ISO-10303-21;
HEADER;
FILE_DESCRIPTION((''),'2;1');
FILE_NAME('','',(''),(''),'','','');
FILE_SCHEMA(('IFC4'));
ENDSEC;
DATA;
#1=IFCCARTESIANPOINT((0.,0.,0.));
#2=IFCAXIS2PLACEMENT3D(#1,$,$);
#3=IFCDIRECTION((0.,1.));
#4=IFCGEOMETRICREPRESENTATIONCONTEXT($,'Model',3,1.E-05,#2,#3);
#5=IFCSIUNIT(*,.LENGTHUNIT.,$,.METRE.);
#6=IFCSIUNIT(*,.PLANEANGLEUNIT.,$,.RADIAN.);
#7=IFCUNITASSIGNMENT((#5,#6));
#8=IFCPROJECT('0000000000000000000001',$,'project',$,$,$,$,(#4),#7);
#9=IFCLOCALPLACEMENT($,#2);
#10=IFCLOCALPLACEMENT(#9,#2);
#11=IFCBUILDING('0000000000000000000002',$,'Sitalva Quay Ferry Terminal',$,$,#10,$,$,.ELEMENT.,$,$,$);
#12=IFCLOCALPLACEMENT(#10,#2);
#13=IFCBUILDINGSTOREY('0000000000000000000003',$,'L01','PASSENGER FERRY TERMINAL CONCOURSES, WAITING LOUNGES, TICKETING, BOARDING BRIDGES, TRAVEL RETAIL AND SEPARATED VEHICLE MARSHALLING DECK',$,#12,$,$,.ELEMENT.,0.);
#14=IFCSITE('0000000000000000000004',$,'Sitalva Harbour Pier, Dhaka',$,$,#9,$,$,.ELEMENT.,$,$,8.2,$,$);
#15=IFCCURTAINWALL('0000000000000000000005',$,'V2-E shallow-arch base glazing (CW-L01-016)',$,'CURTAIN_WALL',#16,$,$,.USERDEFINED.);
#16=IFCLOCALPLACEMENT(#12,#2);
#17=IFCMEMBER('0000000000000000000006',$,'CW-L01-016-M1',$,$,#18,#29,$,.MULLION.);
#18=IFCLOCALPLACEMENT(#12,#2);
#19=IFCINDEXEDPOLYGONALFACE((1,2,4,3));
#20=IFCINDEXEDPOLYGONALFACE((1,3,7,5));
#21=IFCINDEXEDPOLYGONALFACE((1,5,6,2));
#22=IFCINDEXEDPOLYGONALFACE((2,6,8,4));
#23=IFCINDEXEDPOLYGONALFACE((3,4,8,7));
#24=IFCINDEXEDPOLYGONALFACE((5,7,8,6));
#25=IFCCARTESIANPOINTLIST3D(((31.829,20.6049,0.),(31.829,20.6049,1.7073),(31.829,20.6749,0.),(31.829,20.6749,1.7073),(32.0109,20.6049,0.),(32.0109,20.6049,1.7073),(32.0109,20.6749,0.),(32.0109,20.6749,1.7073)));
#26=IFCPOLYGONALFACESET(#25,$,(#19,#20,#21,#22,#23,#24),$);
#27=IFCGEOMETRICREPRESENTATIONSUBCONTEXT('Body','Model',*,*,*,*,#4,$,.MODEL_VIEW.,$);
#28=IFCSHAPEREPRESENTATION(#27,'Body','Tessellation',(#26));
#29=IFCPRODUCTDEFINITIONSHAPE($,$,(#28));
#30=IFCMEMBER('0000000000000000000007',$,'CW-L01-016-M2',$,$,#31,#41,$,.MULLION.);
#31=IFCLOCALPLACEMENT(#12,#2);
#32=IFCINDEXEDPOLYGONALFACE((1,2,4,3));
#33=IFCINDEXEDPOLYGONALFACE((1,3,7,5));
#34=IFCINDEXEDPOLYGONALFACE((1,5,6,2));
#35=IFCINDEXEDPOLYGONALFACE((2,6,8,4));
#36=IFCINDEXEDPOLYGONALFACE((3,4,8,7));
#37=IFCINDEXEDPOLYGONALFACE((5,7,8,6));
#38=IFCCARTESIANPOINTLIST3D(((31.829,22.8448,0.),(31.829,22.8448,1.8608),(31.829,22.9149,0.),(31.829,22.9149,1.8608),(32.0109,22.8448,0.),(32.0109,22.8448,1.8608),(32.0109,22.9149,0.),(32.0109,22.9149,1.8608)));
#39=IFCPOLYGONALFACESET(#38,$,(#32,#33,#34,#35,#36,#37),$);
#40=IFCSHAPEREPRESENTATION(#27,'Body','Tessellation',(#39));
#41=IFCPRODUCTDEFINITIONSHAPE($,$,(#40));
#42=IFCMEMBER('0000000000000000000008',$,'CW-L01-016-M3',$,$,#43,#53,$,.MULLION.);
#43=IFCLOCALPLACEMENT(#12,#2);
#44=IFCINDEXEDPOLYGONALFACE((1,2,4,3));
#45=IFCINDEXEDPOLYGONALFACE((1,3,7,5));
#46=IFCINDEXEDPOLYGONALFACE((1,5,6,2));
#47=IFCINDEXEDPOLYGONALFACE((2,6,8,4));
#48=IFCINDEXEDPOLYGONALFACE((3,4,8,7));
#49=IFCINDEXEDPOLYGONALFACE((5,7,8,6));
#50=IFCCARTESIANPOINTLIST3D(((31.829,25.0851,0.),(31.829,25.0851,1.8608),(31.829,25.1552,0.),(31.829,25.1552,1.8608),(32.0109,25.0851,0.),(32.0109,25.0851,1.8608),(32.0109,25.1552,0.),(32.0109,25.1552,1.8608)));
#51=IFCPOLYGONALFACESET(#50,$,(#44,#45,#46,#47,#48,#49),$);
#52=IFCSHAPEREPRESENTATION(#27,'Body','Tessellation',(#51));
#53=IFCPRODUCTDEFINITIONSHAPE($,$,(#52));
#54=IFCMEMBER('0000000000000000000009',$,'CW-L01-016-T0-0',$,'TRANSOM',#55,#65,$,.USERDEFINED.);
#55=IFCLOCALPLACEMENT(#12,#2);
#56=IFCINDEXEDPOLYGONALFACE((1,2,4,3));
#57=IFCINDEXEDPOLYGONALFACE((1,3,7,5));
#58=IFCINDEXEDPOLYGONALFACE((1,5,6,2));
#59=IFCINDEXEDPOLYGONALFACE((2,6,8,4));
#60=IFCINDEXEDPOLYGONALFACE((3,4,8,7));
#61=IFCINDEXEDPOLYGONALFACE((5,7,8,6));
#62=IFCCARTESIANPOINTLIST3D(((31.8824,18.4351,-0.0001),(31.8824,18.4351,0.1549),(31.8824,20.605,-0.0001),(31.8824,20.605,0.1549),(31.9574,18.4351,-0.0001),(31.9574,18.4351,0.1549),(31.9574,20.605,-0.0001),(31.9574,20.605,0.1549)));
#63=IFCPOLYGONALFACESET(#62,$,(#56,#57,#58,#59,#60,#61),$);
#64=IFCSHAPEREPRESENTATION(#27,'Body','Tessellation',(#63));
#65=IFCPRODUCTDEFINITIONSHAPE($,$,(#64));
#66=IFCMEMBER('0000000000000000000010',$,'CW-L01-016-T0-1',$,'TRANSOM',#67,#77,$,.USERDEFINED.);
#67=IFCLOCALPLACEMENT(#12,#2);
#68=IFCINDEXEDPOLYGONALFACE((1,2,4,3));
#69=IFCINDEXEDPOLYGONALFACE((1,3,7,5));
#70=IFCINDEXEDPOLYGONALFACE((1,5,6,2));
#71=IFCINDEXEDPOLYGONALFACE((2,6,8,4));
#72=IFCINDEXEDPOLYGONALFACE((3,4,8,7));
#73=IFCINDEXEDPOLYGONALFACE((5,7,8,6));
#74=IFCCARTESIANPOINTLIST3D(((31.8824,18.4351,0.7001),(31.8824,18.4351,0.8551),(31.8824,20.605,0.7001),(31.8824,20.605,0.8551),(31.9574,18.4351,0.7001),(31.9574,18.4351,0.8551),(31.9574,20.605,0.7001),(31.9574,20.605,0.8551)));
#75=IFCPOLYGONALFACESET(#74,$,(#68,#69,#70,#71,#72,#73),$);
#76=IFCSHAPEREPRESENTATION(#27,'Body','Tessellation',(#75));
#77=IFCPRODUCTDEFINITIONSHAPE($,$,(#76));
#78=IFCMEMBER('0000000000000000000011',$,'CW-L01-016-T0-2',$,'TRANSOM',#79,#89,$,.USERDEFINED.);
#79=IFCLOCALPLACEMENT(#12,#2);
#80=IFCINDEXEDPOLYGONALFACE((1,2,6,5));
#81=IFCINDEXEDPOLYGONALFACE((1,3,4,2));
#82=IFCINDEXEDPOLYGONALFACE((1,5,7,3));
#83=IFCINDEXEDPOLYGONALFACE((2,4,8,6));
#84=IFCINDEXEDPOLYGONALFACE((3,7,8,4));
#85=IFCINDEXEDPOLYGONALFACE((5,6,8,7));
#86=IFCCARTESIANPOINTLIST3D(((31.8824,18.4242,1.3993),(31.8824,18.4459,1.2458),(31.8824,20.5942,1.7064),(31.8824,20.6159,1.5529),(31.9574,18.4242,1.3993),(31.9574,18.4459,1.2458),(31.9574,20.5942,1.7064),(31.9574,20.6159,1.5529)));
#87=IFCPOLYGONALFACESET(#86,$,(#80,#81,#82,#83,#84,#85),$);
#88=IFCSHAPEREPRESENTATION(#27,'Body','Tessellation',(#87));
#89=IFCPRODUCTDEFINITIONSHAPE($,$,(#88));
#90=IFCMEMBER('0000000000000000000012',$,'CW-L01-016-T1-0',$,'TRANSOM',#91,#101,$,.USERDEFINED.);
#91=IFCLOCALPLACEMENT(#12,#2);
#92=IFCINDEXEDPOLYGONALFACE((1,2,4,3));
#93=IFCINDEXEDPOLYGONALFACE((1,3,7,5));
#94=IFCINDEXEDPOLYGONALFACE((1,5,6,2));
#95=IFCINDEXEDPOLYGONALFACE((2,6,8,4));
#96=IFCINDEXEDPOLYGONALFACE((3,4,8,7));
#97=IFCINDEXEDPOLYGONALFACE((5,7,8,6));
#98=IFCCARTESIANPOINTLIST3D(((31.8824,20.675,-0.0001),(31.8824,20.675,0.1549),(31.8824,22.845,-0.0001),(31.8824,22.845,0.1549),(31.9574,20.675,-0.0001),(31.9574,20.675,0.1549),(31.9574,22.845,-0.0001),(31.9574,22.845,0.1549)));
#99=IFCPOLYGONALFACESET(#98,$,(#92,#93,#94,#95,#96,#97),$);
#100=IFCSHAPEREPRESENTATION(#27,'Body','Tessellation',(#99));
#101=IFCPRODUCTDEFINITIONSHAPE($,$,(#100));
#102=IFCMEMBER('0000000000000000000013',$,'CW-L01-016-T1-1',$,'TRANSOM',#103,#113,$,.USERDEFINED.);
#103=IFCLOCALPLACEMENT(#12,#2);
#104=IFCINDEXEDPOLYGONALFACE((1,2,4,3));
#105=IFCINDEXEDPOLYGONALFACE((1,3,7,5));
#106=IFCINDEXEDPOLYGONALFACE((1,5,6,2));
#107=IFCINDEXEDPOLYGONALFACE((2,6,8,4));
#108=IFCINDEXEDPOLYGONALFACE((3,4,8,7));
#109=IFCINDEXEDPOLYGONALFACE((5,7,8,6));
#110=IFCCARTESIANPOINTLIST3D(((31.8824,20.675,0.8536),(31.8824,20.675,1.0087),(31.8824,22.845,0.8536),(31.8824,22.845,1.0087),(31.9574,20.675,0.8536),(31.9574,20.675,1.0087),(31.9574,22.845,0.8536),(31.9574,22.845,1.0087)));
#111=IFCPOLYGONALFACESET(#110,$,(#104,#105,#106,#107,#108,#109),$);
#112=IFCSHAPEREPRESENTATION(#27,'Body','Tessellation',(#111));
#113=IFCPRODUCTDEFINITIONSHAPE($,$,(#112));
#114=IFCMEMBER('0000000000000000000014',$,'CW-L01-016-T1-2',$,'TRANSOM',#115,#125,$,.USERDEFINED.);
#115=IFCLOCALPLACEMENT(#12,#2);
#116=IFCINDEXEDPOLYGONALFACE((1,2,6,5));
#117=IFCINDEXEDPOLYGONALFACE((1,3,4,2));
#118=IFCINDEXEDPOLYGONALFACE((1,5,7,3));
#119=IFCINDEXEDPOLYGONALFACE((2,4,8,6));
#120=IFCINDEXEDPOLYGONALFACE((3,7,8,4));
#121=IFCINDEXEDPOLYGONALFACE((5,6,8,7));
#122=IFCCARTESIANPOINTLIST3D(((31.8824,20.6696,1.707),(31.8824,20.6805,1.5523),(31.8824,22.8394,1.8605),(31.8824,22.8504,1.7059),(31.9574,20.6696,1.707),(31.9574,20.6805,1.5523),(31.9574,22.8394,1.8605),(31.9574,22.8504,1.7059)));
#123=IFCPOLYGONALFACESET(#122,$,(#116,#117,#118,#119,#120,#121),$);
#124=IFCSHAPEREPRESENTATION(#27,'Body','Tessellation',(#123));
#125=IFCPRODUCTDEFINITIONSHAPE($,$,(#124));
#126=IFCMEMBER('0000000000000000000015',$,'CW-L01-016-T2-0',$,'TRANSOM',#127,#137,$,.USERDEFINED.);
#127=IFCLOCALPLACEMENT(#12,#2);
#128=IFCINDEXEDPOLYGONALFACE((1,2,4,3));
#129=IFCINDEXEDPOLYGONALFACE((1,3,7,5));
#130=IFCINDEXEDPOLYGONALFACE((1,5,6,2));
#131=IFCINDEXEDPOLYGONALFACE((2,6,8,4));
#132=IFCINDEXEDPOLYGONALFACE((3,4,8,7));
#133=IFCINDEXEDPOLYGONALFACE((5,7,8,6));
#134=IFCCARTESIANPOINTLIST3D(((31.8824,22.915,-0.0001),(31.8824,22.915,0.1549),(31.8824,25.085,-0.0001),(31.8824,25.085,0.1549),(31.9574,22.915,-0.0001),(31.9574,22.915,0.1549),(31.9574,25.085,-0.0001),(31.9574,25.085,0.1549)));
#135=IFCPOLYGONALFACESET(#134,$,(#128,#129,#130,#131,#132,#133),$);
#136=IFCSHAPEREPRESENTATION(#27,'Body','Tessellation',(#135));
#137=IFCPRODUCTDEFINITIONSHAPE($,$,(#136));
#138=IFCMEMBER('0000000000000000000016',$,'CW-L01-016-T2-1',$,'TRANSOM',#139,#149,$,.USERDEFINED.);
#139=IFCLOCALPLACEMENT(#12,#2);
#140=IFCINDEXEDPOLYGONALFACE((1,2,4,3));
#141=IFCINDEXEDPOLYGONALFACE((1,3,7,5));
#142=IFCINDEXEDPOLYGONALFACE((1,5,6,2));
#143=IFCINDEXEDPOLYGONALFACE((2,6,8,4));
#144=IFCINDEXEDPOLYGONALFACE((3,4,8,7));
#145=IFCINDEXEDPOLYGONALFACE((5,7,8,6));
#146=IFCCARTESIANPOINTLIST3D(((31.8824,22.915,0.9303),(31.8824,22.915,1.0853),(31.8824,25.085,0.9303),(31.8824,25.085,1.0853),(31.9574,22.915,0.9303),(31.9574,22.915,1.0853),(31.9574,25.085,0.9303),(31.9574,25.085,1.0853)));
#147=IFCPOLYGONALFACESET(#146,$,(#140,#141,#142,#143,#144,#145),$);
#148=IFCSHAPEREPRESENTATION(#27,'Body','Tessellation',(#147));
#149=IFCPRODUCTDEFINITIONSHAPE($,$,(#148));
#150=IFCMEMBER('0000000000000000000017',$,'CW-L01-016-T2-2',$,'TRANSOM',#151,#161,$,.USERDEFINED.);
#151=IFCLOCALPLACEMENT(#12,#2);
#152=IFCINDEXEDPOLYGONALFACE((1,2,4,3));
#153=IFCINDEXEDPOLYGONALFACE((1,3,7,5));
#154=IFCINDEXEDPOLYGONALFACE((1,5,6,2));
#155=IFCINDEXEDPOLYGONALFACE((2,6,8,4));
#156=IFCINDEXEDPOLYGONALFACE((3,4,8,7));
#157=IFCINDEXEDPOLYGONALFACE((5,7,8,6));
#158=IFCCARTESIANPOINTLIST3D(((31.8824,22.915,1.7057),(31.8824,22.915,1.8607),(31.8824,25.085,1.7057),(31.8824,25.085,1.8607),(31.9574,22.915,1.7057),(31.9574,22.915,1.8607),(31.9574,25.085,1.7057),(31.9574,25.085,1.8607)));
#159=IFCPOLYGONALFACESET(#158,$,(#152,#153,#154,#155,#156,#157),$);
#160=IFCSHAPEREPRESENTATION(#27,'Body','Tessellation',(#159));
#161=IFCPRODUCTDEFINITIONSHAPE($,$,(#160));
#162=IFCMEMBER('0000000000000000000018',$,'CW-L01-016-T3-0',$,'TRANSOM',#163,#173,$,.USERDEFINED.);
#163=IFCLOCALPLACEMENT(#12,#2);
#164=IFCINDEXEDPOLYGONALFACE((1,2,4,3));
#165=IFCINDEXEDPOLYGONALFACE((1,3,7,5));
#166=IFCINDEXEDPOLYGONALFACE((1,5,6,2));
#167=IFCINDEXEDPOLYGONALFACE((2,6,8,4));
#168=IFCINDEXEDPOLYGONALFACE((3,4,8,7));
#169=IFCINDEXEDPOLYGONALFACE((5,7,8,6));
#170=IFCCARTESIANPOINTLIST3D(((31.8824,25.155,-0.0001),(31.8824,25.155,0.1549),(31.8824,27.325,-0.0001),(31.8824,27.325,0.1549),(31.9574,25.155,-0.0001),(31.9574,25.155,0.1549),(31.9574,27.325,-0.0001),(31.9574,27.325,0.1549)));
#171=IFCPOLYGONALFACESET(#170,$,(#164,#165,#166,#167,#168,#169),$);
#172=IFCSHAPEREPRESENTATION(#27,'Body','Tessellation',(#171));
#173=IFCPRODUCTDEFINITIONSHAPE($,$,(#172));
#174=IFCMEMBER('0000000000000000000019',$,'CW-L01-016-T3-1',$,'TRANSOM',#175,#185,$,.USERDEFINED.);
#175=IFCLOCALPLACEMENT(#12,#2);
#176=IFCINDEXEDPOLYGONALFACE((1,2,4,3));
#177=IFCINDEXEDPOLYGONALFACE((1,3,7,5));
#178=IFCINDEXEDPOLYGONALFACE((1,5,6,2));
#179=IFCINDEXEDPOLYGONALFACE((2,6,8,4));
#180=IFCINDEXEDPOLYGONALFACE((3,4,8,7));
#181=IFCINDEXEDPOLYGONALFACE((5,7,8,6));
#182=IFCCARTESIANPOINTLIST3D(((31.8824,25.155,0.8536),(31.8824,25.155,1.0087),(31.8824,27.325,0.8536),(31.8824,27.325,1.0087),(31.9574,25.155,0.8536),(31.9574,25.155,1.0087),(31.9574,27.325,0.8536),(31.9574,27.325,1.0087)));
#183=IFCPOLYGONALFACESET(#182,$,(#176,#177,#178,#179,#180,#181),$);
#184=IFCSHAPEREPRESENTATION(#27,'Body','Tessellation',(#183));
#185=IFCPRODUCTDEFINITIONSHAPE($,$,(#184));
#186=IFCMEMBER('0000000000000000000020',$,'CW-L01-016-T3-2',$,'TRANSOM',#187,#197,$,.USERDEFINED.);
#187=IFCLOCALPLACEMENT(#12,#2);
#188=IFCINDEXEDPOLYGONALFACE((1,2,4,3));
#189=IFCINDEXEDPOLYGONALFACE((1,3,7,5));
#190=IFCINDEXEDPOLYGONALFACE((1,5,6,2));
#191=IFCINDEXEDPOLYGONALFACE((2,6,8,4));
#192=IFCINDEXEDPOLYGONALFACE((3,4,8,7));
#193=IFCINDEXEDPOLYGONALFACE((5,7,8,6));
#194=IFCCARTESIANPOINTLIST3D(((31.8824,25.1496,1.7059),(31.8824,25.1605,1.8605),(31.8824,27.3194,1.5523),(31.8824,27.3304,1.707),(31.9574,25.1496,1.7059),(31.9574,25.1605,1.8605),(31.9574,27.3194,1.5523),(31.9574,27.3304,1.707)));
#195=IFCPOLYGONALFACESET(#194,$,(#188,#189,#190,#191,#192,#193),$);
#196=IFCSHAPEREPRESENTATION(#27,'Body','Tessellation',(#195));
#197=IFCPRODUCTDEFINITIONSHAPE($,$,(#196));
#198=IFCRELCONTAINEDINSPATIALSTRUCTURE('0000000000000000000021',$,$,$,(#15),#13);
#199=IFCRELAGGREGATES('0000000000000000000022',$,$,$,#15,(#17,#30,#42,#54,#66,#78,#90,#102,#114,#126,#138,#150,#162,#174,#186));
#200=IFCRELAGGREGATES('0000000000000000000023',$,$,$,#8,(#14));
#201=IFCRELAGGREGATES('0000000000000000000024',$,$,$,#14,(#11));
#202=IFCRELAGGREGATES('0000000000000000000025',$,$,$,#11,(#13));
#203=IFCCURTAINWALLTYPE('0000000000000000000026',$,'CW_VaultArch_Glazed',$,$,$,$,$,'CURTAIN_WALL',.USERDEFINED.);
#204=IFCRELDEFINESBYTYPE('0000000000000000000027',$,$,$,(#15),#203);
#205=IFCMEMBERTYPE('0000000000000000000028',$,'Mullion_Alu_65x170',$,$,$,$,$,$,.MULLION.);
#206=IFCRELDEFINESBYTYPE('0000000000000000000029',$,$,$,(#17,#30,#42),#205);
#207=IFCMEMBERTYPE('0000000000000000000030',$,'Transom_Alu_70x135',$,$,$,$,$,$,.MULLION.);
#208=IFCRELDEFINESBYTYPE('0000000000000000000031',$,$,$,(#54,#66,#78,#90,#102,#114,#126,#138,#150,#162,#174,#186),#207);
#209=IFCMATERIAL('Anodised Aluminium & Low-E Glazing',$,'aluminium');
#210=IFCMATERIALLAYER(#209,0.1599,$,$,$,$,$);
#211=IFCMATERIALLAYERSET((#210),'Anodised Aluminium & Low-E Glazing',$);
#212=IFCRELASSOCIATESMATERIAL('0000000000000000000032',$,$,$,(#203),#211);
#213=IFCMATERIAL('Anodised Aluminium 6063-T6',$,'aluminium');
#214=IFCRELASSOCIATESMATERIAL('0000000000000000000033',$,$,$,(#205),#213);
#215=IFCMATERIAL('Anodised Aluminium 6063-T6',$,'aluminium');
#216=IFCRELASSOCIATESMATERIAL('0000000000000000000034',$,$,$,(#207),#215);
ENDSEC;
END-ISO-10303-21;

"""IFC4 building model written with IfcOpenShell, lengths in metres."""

from ifc_helpers import new_model, si_unit, direction, frame, origin, origin_2d, place, context, subcontext, project, spatial, rectangle, extrude, material, layer, layer_set, material_profile, profile_set, type_object, element, aggregate, save


model = new_model("IFC4")

# Units and contexts
model_context = context("Model", 3, precision=1e-05, world=origin(), true_north=direction((0.0, 1.0)))
body_context = subcontext(model_context, "Body", "Model", "MODEL_VIEW")
ifc_project = project(units=[si_unit("LENGTHUNIT", "METRE"), si_unit("PLANEANGLEUNIT", "RADIAN")], contexts=[model_context])

# Site, building, storey
site_placement = place(None, origin())
site = spatial("IfcSite", under=ifc_project, at=site_placement, Name="Sitalva Harbour Pier, Dhaka", CompositionType="ELEMENT", RefElevation=8.2)
building_placement = place(site_placement, origin())
building = spatial("IfcBuilding", under=site, at=building_placement, Name="Sitalva Quay Ferry Terminal", CompositionType="ELEMENT")
storey_placement = place(building_placement, origin())
storey = spatial("IfcBuildingStorey", under=building, at=storey_placement, Name="L01", Description="PASSENGER FERRY TERMINAL CONCOURSES, WAITING LOUNGES, TICKETING, BOARDING BRIDGES, TRAVEL RETAIL AND SEPARATED VEHICLE MARSHALLING DECK", CompositionType="ELEMENT", Elevation=0.0)

# Curtain wall, members
ifc_material_1 = material(Name="Anodised Aluminium & Low-E Glazing", Category="aluminium")
ifc_layer_1 = layer(ifc_material_1, 0.1599)
ifc_layer_set_1 = layer_set([ifc_layer_1], Name="Anodised Aluminium & Low-E Glazing")
curtain_wall_type = type_object("IfcCurtainWallType", Name="CW_VaultArch_Glazed", ElementType="CURTAIN_WALL", PredefinedType="USERDEFINED", material=ifc_layer_set_1)
curtain_wall_placement = place(storey_placement, origin())
curtain_wall = element("IfcCurtainWall", 1, at=curtain_wall_placement, inside=storey, type_object=curtain_wall_type, Name="V2-E shallow-arch base glazing (CW-L01-016)", ObjectType="CURTAIN_WALL", PredefinedType="USERDEFINED")
ifc_material_2 = material(Name="Anodised Aluminium 6063-T6", Category="aluminium")
ifc_material_profile_1 = material_profile(ifc_material_2, rectangle(XDim=0.0701, YDim=0.1819, at=origin_2d()), Name="ALU70x182")
ifc_profile_set_1 = profile_set([ifc_material_profile_1], Name="Anodised Aluminium 6063-T6")
member_type_1 = type_object("IfcMemberType", Name="Mullion_Alu_65x170", PredefinedType="MULLION", material=ifc_profile_set_1)
member_1_placement = place(storey_placement, frame((31.9199, 20.6399, 0.0), z_axis=(0.0, 0.0, 1.0), x_axis=(0.0, 1.0, 0.0)))
member_1 = element("IfcMember", 2, at=member_1_placement, type_object=member_type_1, Name="CW-L01-016-M1", PredefinedType="MULLION", context=body_context, shape_type="SweptSolid", body=[
    extrude(rectangle(XDim=0.0701, YDim=0.1819, at=origin_2d()), origin(), (0.0, 0.0, 1.0), 1.7073),
])
member_2_placement = place(storey_placement, frame((31.9199, 22.8799, 0.0), z_axis=(0.0, 0.0, 1.0), x_axis=(0.0, 1.0, 0.0)))
member_2 = element("IfcMember", 3, at=member_2_placement, type_object=member_type_1, Name="CW-L01-016-M2", PredefinedType="MULLION", context=body_context, shape_type="SweptSolid", body=[
    extrude(rectangle(XDim=0.0701, YDim=0.1819, at=origin_2d()), origin(), (0.0, 0.0, 1.0), 1.8608),
])
member_3_placement = place(storey_placement, frame((31.9199, 25.1201, 0.0), z_axis=(0.0, 0.0, 1.0), x_axis=(0.0, 1.0, 0.0)))
member_3 = element("IfcMember", 4, at=member_3_placement, type_object=member_type_1, Name="CW-L01-016-M3", PredefinedType="MULLION", context=body_context, shape_type="SweptSolid", body=[
    extrude(rectangle(XDim=0.0701, YDim=0.1819, at=origin_2d()), origin(), (0.0, 0.0, 1.0), 1.8608),
])
ifc_material_3 = material(Name="Anodised Aluminium 6063-T6", Category="aluminium")
ifc_material_profile_2 = material_profile(ifc_material_3, rectangle(XDim=0.075, YDim=0.155, at=origin_2d()), Name="ALU75x155")
ifc_profile_set_2 = profile_set([ifc_material_profile_2], Name="Anodised Aluminium 6063-T6")
member_type_2 = type_object("IfcMemberType", Name="Transom_Alu_70x135", PredefinedType="MULLION", material=ifc_profile_set_2)
member_4_placement = place(storey_placement, frame((31.9199, 18.4351, 0.0774), z_axis=(0.0, 1.0, 0.0), x_axis=(-1.0, 0.0, 0.0)))
member_4 = element("IfcMember", 5, at=member_4_placement, type_object=member_type_2, Name="CW-L01-016-T0-0", ObjectType="TRANSOM", PredefinedType="USERDEFINED", context=body_context, shape_type="SweptSolid", body=[
    extrude(rectangle(XDim=0.075, YDim=0.155, at=origin_2d()), origin(), (0.0, 0.0, 1.0), 2.1699),
])
member_5_placement = place(storey_placement, frame((31.9199, 18.4351, 0.7776), z_axis=(0.0, 1.0, 0.0), x_axis=(-1.0, 0.0, 0.0)))
member_5 = element("IfcMember", 6, at=member_5_placement, type_object=member_type_2, Name="CW-L01-016-T0-1", ObjectType="TRANSOM", PredefinedType="USERDEFINED", context=body_context, shape_type="SweptSolid", body=[
    extrude(rectangle(XDim=0.075, YDim=0.155, at=origin_2d()), origin(), (0.0, 0.0, 1.0), 2.1699),
])
member_6_placement = place(storey_placement, frame((31.9199, 18.4351, 1.3225), z_axis=(0.0, 0.990131, 0.140142), x_axis=(-1.0, 0.0, 0.0)))
member_6 = element("IfcMember", 7, at=member_6_placement, type_object=member_type_2, Name="CW-L01-016-T0-2", ObjectType="TRANSOM", PredefinedType="USERDEFINED", context=body_context, shape_type="SweptSolid", body=[
    extrude(rectangle(XDim=0.075, YDim=0.155, at=origin_2d()), origin(), (0.0, 0.0, 1.0), 2.1917),
])
member_7_placement = place(storey_placement, frame((31.9199, 20.675, 0.0774), z_axis=(0.0, 1.0, 0.0), x_axis=(-1.0, 0.0, 0.0)))
member_7 = element("IfcMember", 8, at=member_7_placement, type_object=member_type_2, Name="CW-L01-016-T1-0", ObjectType="TRANSOM", PredefinedType="USERDEFINED", context=body_context, shape_type="SweptSolid", body=[
    extrude(rectangle(XDim=0.075, YDim=0.155, at=origin_2d()), origin(), (0.0, 0.0, 1.0), 2.1699),
])
member_8_placement = place(storey_placement, frame((31.9199, 20.675, 0.9312), z_axis=(0.0, 1.0, 0.0), x_axis=(-1.0, 0.0, 0.0)))
member_8 = element("IfcMember", 9, at=member_8_placement, type_object=member_type_2, Name="CW-L01-016-T1-1", ObjectType="TRANSOM", PredefinedType="USERDEFINED", context=body_context, shape_type="SweptSolid", body=[
    extrude(rectangle(XDim=0.075, YDim=0.155, at=origin_2d()), origin(), (0.0, 0.0, 1.0), 2.1699),
])
member_9_placement = place(storey_placement, frame((31.9199, 20.675, 1.6296), z_axis=(0.0, 0.997505, 0.070593), x_axis=(-1.0, 0.0, 0.0)))
member_9 = element("IfcMember", 10, at=member_9_placement, type_object=member_type_2, Name="CW-L01-016-T1-2", ObjectType="TRANSOM", PredefinedType="USERDEFINED", context=body_context, shape_type="SweptSolid", body=[
    extrude(rectangle(XDim=0.075, YDim=0.155, at=origin_2d()), origin(), (0.0, 0.0, 1.0), 2.1753),
])
member_10_placement = place(storey_placement, frame((31.9199, 22.915, 0.0774), z_axis=(0.0, 1.0, 0.0), x_axis=(-1.0, 0.0, 0.0)))
member_10 = element("IfcMember", 11, at=member_10_placement, type_object=member_type_2, Name="CW-L01-016-T2-0", ObjectType="TRANSOM", PredefinedType="USERDEFINED", context=body_context, shape_type="SweptSolid", body=[
    extrude(rectangle(XDim=0.075, YDim=0.155, at=origin_2d()), origin(), (0.0, 0.0, 1.0), 2.1699),
])
member_11_placement = place(storey_placement, frame((31.9199, 22.915, 1.0078), z_axis=(0.0, 1.0, 0.0), x_axis=(-1.0, 0.0, 0.0)))
member_11 = element("IfcMember", 12, at=member_11_placement, type_object=member_type_2, Name="CW-L01-016-T2-1", ObjectType="TRANSOM", PredefinedType="USERDEFINED", context=body_context, shape_type="SweptSolid", body=[
    extrude(rectangle(XDim=0.075, YDim=0.155, at=origin_2d()), origin(), (0.0, 0.0, 1.0), 2.1699),
])
member_12_placement = place(storey_placement, frame((31.9199, 22.915, 1.7832), z_axis=(0.0, 1.0, 0.0), x_axis=(-1.0, 0.0, 0.0)))
member_12 = element("IfcMember", 13, at=member_12_placement, type_object=member_type_2, Name="CW-L01-016-T2-2", ObjectType="TRANSOM", PredefinedType="USERDEFINED", context=body_context, shape_type="SweptSolid", body=[
    extrude(rectangle(XDim=0.075, YDim=0.155, at=origin_2d()), origin(), (0.0, 0.0, 1.0), 2.1699),
])
member_13_placement = place(storey_placement, frame((31.9199, 25.155, 0.0774), z_axis=(0.0, 1.0, 0.0), x_axis=(-1.0, 0.0, 0.0)))
member_13 = element("IfcMember", 14, at=member_13_placement, type_object=member_type_2, Name="CW-L01-016-T3-0", ObjectType="TRANSOM", PredefinedType="USERDEFINED", context=body_context, shape_type="SweptSolid", body=[
    extrude(rectangle(XDim=0.075, YDim=0.155, at=origin_2d()), origin(), (0.0, 0.0, 1.0), 2.1699),
])
member_14_placement = place(storey_placement, frame((31.9199, 25.155, 0.9312), z_axis=(0.0, 1.0, 0.0), x_axis=(-1.0, 0.0, 0.0)))
member_14 = element("IfcMember", 15, at=member_14_placement, type_object=member_type_2, Name="CW-L01-016-T3-1", ObjectType="TRANSOM", PredefinedType="USERDEFINED", context=body_context, shape_type="SweptSolid", body=[
    extrude(rectangle(XDim=0.075, YDim=0.155, at=origin_2d()), origin(), (0.0, 0.0, 1.0), 2.1699),
])
member_15_placement = place(storey_placement, frame((31.9199, 25.155, 1.7832), z_axis=(0.0, 0.997505, -0.070593), x_axis=(-1.0, 0.0, 0.0)))
member_15 = element("IfcMember", 16, at=member_15_placement, type_object=member_type_2, Name="CW-L01-016-T3-2", ObjectType="TRANSOM", PredefinedType="USERDEFINED", context=body_context, shape_type="SweptSolid", body=[
    extrude(rectangle(XDim=0.075, YDim=0.155, at=origin_2d()), origin(), (0.0, 0.0, 1.0), 2.1753),
])
aggregate(curtain_wall, [member_1, member_2, member_3, member_4, member_5, member_6, member_7, member_8, member_9, member_10, member_11, member_12, member_13, member_14, member_15])

save(model, "model.ifc")
